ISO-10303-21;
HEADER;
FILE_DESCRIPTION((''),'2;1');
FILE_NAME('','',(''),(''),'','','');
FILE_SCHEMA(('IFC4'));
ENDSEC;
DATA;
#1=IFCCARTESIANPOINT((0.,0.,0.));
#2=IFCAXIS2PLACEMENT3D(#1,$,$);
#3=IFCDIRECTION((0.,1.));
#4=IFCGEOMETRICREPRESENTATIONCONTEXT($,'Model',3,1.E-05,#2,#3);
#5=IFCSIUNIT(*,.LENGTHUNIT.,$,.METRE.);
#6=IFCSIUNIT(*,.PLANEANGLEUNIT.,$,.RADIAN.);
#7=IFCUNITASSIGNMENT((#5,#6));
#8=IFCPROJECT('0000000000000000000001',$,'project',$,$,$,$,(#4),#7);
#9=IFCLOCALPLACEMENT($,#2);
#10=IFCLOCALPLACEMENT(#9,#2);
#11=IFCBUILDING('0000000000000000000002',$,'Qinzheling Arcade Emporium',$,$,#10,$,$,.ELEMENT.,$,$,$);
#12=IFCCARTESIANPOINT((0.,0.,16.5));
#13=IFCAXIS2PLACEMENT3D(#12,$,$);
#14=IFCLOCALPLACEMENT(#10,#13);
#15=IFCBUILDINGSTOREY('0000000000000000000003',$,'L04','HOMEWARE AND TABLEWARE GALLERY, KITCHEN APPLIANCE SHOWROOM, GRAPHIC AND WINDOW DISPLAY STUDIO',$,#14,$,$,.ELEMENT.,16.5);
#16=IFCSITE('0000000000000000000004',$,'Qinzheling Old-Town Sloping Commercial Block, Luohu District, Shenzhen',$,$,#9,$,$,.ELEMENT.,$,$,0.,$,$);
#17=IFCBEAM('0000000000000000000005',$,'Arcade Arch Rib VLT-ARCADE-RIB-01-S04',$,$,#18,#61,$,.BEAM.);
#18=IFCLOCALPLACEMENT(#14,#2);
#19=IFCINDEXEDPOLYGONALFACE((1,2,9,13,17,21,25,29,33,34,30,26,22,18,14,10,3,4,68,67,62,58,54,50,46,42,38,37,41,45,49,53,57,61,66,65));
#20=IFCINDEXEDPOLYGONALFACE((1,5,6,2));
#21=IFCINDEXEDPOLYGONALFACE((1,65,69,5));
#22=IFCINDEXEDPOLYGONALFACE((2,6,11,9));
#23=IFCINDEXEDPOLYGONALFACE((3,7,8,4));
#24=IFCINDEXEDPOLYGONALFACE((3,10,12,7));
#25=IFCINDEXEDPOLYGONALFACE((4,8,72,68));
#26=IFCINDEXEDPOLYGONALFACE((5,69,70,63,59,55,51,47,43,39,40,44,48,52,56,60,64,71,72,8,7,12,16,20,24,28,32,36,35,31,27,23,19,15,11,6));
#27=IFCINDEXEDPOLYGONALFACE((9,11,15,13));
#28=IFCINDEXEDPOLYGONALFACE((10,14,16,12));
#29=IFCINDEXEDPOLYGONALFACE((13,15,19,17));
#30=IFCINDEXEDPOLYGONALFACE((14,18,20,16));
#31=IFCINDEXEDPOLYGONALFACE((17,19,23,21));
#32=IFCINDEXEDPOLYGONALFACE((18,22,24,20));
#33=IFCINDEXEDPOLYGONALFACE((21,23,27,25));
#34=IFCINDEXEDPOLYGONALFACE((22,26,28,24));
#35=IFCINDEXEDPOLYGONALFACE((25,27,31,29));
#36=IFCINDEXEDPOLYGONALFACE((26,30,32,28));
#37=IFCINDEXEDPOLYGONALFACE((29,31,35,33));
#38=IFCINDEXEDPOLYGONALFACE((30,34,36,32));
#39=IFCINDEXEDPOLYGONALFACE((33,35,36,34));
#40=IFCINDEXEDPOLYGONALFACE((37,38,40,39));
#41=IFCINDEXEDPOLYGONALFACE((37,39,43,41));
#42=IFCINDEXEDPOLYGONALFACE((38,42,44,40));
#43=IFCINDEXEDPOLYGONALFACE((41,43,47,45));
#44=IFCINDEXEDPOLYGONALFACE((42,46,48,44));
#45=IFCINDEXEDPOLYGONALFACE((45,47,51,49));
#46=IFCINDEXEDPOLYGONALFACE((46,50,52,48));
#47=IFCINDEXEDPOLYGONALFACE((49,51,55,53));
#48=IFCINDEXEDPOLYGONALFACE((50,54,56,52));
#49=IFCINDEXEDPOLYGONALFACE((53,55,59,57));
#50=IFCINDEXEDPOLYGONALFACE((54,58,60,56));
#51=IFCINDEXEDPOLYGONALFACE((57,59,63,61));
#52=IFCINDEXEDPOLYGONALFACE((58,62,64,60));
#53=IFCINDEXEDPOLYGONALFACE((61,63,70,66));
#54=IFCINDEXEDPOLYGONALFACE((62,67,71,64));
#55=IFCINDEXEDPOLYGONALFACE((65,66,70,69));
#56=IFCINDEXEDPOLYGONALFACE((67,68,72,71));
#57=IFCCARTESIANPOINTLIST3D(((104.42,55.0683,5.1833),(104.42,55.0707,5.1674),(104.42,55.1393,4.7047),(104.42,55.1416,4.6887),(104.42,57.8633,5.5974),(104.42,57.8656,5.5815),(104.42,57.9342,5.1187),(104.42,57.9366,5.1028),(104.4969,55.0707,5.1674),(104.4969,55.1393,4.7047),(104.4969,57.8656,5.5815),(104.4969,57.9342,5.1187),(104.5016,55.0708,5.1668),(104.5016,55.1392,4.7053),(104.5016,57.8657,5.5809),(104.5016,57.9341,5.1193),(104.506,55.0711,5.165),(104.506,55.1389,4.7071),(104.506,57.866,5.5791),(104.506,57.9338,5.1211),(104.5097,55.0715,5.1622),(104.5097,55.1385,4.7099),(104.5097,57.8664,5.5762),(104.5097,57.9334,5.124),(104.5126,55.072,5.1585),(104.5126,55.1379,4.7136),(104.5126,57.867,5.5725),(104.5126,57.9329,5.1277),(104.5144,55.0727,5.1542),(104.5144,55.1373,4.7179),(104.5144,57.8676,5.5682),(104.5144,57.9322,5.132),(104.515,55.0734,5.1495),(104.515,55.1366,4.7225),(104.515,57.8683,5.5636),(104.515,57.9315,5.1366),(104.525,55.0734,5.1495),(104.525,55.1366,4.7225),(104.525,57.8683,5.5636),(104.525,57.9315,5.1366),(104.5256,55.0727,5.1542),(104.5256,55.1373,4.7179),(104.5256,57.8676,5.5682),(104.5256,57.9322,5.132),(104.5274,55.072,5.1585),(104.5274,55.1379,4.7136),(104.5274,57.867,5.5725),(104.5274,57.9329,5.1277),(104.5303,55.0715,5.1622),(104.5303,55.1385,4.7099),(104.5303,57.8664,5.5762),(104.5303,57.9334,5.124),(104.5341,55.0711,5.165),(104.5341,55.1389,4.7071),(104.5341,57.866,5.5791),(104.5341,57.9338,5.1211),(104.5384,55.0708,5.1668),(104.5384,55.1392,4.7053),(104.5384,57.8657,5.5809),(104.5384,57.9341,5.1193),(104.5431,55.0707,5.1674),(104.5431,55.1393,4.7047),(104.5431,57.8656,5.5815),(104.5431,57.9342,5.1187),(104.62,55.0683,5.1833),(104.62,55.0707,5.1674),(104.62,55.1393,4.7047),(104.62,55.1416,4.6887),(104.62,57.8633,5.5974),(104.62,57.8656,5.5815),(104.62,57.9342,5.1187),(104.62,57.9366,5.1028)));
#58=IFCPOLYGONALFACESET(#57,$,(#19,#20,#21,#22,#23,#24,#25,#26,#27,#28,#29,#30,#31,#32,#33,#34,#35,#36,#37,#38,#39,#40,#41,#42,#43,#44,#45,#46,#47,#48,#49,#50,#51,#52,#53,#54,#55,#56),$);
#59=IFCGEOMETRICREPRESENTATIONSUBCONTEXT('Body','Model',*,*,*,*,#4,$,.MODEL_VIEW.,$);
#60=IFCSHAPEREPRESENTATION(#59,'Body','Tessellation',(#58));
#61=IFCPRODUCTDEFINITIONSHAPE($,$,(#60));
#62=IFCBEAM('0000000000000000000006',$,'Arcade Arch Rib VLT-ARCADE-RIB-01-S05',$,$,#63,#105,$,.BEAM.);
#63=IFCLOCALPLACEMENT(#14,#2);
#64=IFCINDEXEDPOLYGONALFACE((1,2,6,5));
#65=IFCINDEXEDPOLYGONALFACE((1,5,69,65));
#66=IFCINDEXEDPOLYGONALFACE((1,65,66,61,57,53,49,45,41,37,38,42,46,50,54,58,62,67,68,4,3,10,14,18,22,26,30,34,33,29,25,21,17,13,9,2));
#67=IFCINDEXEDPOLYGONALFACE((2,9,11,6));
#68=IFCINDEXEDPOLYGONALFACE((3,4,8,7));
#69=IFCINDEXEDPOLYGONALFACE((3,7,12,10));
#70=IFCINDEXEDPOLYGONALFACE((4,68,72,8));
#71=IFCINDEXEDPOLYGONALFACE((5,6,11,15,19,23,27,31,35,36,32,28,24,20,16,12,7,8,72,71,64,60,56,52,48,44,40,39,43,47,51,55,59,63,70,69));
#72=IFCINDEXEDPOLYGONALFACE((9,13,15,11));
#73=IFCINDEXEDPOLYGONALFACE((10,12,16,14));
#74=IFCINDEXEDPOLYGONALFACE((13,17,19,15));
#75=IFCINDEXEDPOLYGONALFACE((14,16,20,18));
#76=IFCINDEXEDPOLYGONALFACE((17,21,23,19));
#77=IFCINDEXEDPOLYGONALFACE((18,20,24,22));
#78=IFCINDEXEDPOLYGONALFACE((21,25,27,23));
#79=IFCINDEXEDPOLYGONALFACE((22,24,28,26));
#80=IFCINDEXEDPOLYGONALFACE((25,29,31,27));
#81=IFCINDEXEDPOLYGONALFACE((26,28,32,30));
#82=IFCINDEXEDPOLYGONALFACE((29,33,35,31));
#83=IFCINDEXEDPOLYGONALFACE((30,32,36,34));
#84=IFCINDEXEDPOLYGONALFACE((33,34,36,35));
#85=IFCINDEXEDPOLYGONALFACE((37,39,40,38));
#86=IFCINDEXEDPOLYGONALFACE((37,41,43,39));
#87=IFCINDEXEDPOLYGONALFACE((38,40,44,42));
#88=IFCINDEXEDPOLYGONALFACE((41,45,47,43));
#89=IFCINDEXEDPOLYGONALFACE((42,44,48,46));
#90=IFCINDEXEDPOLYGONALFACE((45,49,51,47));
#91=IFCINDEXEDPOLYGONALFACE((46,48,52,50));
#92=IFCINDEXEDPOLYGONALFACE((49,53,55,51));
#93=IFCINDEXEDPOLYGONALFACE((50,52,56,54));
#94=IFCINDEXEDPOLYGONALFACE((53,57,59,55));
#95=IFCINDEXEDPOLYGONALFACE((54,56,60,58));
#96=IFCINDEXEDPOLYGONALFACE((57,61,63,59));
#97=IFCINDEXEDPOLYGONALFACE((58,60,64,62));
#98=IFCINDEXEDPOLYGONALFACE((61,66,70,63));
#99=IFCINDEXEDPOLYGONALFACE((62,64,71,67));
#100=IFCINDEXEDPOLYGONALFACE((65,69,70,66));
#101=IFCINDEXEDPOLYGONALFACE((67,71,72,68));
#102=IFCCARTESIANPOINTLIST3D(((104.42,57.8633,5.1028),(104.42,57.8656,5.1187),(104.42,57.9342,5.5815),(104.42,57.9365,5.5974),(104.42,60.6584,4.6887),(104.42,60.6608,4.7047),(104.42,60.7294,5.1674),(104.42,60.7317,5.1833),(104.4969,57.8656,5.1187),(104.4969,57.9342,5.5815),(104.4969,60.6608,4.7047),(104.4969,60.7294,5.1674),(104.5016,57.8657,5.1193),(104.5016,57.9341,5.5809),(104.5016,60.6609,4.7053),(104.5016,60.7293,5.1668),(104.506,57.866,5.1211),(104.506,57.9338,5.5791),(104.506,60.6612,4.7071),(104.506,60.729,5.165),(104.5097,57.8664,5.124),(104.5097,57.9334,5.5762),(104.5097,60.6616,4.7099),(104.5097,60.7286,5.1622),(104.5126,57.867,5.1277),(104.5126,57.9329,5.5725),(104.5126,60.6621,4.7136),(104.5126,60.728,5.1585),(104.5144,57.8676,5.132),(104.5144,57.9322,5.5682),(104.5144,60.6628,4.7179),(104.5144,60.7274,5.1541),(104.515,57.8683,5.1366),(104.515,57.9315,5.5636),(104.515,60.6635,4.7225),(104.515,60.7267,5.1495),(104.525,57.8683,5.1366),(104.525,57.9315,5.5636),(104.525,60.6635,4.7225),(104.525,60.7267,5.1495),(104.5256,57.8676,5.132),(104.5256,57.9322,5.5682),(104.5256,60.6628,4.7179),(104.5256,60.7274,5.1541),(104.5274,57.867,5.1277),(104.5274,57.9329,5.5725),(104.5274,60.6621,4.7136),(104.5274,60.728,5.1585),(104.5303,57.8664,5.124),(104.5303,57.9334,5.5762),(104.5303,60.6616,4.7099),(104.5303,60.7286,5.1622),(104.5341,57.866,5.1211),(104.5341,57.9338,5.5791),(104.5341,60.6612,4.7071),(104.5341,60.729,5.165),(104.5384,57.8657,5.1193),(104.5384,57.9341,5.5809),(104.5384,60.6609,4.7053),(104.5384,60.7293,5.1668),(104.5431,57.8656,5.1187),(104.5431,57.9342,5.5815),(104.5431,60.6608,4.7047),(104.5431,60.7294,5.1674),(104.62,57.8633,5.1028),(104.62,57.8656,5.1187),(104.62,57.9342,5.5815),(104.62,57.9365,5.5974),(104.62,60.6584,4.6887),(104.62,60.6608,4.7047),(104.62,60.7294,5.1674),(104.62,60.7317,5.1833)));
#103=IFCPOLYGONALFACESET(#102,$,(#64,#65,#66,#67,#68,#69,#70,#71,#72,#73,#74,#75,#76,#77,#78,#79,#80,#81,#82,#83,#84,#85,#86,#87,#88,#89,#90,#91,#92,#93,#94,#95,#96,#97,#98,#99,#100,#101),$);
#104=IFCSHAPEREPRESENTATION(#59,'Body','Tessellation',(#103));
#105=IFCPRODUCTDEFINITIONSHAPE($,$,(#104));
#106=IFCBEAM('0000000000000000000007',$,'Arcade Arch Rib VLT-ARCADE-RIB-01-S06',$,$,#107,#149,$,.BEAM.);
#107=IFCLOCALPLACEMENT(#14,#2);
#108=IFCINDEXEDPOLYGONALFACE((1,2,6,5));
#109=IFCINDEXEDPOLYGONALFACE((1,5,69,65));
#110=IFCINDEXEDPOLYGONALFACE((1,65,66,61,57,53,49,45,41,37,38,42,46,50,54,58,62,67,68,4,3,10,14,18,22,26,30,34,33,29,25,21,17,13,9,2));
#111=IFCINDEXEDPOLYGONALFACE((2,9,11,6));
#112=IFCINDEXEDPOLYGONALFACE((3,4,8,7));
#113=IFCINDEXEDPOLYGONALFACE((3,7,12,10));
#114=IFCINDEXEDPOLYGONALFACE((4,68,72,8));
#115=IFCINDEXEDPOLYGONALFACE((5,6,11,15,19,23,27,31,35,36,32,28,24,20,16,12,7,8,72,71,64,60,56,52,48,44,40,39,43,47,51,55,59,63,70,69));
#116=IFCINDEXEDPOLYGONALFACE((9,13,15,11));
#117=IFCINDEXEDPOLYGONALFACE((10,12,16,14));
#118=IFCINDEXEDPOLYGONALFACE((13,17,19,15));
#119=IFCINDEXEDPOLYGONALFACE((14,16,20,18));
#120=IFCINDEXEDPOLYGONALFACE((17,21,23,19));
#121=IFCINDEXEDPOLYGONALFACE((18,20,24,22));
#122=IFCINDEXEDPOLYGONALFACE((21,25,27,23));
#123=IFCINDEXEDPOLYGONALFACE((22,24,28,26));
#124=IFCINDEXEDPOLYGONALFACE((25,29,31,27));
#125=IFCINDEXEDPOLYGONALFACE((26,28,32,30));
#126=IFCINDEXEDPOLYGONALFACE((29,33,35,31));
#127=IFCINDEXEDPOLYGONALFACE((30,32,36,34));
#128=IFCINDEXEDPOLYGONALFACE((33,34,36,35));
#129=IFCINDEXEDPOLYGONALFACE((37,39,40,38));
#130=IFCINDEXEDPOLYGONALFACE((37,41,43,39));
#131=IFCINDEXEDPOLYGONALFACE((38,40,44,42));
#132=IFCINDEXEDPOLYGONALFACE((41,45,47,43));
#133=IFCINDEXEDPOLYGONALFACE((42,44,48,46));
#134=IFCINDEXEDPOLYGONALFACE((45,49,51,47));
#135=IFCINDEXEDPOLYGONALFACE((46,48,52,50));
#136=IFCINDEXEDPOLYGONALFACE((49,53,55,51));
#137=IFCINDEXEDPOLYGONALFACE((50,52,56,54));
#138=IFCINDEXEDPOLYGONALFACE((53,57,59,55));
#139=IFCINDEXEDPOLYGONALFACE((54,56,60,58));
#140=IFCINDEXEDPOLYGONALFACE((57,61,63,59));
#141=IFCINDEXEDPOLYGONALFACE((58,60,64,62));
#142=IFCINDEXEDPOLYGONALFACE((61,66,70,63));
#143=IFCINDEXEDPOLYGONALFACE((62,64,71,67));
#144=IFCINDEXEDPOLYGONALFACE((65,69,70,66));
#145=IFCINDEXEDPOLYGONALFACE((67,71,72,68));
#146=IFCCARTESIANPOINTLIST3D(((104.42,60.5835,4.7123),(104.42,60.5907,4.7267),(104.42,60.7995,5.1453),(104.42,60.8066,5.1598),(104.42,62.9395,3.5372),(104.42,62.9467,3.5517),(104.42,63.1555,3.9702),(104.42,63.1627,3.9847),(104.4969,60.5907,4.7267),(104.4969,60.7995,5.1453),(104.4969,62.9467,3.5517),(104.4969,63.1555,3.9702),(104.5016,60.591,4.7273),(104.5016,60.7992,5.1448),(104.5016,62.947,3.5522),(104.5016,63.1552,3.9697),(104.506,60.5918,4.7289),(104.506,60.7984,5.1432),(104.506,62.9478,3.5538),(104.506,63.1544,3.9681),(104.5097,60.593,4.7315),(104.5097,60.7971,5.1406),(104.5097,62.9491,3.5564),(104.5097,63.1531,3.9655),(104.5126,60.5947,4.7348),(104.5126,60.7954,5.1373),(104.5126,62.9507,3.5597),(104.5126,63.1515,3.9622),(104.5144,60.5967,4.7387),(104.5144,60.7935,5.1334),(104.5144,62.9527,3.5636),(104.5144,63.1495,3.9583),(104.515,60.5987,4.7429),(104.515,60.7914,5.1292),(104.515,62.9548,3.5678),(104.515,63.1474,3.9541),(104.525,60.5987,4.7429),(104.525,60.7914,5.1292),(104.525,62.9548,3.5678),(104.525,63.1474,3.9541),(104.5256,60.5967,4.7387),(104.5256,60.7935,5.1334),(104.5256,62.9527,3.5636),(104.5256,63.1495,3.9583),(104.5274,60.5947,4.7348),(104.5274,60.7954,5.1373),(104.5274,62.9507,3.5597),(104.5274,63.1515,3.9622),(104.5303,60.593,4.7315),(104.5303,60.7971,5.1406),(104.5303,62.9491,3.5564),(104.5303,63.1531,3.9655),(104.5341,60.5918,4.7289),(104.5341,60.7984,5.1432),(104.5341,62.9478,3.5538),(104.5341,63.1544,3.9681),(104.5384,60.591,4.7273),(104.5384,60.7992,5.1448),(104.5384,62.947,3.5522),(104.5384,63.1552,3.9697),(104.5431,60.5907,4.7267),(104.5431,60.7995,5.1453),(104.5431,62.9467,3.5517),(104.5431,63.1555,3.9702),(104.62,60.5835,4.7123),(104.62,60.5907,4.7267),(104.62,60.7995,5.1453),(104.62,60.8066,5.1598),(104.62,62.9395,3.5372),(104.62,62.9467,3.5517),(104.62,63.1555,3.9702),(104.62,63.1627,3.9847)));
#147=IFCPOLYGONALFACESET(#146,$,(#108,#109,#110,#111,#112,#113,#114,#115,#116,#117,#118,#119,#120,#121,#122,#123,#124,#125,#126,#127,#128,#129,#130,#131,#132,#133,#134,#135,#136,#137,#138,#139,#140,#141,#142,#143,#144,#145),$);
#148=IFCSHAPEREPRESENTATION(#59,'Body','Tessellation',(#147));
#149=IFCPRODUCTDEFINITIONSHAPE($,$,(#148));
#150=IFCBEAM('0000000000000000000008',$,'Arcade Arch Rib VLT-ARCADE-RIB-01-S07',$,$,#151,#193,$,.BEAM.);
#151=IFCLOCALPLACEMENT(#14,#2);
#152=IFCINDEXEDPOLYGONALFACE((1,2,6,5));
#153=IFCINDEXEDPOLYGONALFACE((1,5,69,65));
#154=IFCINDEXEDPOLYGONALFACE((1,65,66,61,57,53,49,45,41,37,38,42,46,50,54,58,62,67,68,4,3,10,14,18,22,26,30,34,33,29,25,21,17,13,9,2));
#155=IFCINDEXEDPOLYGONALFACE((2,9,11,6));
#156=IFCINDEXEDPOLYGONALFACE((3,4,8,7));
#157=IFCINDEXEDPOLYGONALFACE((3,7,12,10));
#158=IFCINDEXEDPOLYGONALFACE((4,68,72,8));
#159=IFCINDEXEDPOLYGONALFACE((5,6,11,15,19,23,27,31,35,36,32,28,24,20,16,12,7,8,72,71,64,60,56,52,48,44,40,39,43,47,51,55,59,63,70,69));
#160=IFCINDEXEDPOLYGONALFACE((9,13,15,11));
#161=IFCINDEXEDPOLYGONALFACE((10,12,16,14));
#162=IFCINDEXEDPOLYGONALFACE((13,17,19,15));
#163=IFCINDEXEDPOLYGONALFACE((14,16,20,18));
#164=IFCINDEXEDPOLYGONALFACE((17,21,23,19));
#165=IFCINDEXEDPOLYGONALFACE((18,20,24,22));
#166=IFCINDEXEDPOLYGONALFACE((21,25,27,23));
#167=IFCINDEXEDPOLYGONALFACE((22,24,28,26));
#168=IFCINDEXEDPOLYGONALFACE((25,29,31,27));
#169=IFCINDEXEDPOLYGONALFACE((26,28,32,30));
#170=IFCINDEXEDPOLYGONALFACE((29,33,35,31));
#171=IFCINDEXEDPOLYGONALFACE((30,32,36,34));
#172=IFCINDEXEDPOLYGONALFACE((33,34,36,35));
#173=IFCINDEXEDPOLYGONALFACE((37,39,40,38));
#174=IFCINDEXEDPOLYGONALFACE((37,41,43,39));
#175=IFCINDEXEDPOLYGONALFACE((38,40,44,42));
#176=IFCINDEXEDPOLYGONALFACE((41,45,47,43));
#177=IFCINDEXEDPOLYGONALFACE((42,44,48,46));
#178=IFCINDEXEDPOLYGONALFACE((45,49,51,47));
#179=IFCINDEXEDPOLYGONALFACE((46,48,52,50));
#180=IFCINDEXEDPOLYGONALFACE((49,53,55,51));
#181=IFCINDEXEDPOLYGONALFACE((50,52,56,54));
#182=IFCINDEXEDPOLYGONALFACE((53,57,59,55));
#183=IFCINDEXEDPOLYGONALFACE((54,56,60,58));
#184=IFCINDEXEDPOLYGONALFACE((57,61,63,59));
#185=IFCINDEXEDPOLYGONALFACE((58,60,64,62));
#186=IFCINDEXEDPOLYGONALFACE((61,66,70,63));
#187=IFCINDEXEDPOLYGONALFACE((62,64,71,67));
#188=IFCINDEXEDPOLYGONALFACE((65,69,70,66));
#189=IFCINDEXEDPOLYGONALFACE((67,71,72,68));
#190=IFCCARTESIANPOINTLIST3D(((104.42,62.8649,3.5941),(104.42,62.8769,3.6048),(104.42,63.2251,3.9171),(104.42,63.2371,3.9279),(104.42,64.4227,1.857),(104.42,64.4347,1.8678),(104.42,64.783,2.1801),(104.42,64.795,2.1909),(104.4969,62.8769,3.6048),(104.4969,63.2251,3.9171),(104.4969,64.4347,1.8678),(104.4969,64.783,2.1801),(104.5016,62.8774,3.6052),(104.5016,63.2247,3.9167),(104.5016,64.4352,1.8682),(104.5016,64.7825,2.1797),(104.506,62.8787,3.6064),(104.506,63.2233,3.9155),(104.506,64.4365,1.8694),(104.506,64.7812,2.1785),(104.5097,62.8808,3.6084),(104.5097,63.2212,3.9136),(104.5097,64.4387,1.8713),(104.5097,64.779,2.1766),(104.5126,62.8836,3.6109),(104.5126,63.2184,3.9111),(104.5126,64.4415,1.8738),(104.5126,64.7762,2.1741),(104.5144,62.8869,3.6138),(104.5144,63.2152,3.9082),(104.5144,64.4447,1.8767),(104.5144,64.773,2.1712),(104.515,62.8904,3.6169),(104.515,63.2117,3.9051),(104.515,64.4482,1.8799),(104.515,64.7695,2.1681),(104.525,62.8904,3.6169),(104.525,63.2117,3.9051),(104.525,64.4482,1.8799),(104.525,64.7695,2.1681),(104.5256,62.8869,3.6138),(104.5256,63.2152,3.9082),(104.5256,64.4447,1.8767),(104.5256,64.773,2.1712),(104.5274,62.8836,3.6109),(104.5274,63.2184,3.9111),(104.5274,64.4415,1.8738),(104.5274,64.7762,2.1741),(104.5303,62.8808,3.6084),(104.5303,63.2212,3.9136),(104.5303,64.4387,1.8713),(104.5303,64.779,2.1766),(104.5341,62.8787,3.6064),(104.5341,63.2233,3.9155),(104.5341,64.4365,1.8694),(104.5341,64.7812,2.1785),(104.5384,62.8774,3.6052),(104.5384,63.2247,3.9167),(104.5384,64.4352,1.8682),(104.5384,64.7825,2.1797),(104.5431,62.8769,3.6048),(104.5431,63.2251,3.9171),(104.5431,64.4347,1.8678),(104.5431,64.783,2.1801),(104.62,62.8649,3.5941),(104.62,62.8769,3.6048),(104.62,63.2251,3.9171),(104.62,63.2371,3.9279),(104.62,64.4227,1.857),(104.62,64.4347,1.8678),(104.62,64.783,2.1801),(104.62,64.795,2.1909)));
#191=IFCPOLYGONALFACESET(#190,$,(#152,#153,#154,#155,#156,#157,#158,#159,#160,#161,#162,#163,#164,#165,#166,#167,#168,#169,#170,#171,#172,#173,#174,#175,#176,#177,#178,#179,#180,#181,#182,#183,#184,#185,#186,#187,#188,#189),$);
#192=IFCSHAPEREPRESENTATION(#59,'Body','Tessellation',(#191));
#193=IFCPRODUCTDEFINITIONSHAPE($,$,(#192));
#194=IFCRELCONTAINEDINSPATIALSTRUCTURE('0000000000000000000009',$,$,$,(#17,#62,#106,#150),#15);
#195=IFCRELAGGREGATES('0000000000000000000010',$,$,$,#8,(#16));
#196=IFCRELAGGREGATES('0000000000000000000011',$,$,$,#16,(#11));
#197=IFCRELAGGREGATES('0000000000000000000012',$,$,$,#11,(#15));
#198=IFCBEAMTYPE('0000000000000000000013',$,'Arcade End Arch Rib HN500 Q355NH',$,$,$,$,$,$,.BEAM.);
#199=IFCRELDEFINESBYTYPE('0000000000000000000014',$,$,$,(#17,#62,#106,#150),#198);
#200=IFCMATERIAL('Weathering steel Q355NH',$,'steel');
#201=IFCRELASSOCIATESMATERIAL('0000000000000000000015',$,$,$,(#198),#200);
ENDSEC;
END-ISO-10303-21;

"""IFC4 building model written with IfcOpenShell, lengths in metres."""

from ifc_helpers import new_model, si_unit, direction, frame, origin, origin_2d, place, context, subcontext, project, spatial, i_section, extrude, material, material_profile, profile_set, type_object, element, save


model = new_model("IFC4")

# Units and contexts
model_context = context("Model", 3, precision=1e-05, world=origin(), true_north=direction((0.0, 1.0)))
body_context = subcontext(model_context, "Body", "Model", "MODEL_VIEW")
ifc_project = project(units=[si_unit("LENGTHUNIT", "METRE"), si_unit("PLANEANGLEUNIT", "RADIAN")], contexts=[model_context])

# Site, building, storey
site_placement = place(None, origin())
site = spatial("IfcSite", under=ifc_project, at=site_placement, Name="Qinzheling Old-Town Sloping Commercial Block, Luohu District, Shenzhen", CompositionType="ELEMENT", RefElevation=0.0)
building_placement = place(site_placement, origin())
building = spatial("IfcBuilding", under=site, at=building_placement, Name="Qinzheling Arcade Emporium", CompositionType="ELEMENT")
storey_placement = place(building_placement, frame((0.0, 0.0, 16.5)))
storey = spatial("IfcBuildingStorey", under=building, at=storey_placement, Name="L04", Description="HOMEWARE AND TABLEWARE GALLERY, KITCHEN APPLIANCE SHOWROOM, GRAPHIC AND WINDOW DISPLAY STUDIO", CompositionType="ELEMENT", Elevation=16.5)

# Beams
ifc_material_1 = material(Name="Weathering steel Q355NH", Category="steel")
ifc_material_profile_1 = material_profile(ifc_material_1, i_section(OverallWidth=0.2, OverallDepth=0.5, WebThickness=0.01, FlangeThickness=0.0161, FilletRadius=0.0181, at=origin_2d()), Name="HN 500x200x10x16", Category="steel")
ifc_profile_set_1 = profile_set([ifc_material_profile_1], Name="Weathering steel Q355NH")
beam_type_1 = type_object("IfcBeamType", Name="Arcade End Arch Rib HN500 Q355NH", PredefinedType="BEAM", material=ifc_profile_set_1)
beam_1_placement = place(storey_placement, frame((104.52, 55.105, 4.936), z_axis=(0.0, 0.989203, 0.146549), x_axis=(-1.0, 0.0, 0.0)))
element("IfcBeam", 1, at=beam_1_placement, inside=storey, type_object=beam_type_1, Name="Arcade Arch Rib VLT-ARCADE-RIB-01-S04", PredefinedType="BEAM", context=body_context, shape_type="SweptSolid", body=[
    extrude(i_section(OverallWidth=0.2, OverallDepth=0.5, WebThickness=0.01, FlangeThickness=0.0161, FilletRadius=0.0181, at=origin_2d()), origin(), (0.0, 0.0, 1.0), 2.8254),
])
beam_2_placement = place(storey_placement, frame((104.52, 57.8999, 5.3501), z_axis=(0.0, 0.989205, -0.146536), x_axis=(-1.0, 0.0, 0.0)))
element("IfcBeam", 2, at=beam_2_placement, inside=storey, type_object=beam_type_1, Name="Arcade Arch Rib VLT-ARCADE-RIB-01-S05", PredefinedType="BEAM", context=body_context, shape_type="SweptSolid", body=[
    extrude(i_section(OverallWidth=0.2, OverallDepth=0.5, WebThickness=0.01, FlangeThickness=0.0161, FilletRadius=0.0181, at=origin_2d()), origin(), (0.0, 0.0, 1.0), 2.8257),
])
beam_3_placement = place(storey_placement, frame((104.52, 60.6951, 4.936), z_axis=(0.0, 0.894872, -0.446323), x_axis=(-1.0, 0.0, 0.0)))
element("IfcBeam", 3, at=beam_3_placement, inside=storey, type_object=beam_type_1, Name="Arcade Arch Rib VLT-ARCADE-RIB-01-S06", PredefinedType="BEAM", context=body_context, shape_type="SweptSolid", body=[
    extrude(i_section(OverallWidth=0.2, OverallDepth=0.5, WebThickness=0.01, FlangeThickness=0.0161, FilletRadius=0.0181, at=origin_2d()), origin(), (0.0, 0.0, 1.0), 2.6328),
])
beam_4_placement = place(storey_placement, frame((104.52, 63.051, 3.761), z_axis=(0.0, 0.667663, -0.744464), x_axis=(-1.0, 0.0, 0.0)))
element("IfcBeam", 4, at=beam_4_placement, inside=storey, type_object=beam_type_1, Name="Arcade Arch Rib VLT-ARCADE-RIB-01-S07", PredefinedType="BEAM", context=body_context, shape_type="SweptSolid", body=[
    extrude(i_section(OverallWidth=0.2, OverallDepth=0.5, WebThickness=0.01, FlangeThickness=0.0161, FilletRadius=0.0181, at=origin_2d()), origin(), (0.0, 0.0, 1.0), 2.3333),
])

save(model, "model.ifc")
